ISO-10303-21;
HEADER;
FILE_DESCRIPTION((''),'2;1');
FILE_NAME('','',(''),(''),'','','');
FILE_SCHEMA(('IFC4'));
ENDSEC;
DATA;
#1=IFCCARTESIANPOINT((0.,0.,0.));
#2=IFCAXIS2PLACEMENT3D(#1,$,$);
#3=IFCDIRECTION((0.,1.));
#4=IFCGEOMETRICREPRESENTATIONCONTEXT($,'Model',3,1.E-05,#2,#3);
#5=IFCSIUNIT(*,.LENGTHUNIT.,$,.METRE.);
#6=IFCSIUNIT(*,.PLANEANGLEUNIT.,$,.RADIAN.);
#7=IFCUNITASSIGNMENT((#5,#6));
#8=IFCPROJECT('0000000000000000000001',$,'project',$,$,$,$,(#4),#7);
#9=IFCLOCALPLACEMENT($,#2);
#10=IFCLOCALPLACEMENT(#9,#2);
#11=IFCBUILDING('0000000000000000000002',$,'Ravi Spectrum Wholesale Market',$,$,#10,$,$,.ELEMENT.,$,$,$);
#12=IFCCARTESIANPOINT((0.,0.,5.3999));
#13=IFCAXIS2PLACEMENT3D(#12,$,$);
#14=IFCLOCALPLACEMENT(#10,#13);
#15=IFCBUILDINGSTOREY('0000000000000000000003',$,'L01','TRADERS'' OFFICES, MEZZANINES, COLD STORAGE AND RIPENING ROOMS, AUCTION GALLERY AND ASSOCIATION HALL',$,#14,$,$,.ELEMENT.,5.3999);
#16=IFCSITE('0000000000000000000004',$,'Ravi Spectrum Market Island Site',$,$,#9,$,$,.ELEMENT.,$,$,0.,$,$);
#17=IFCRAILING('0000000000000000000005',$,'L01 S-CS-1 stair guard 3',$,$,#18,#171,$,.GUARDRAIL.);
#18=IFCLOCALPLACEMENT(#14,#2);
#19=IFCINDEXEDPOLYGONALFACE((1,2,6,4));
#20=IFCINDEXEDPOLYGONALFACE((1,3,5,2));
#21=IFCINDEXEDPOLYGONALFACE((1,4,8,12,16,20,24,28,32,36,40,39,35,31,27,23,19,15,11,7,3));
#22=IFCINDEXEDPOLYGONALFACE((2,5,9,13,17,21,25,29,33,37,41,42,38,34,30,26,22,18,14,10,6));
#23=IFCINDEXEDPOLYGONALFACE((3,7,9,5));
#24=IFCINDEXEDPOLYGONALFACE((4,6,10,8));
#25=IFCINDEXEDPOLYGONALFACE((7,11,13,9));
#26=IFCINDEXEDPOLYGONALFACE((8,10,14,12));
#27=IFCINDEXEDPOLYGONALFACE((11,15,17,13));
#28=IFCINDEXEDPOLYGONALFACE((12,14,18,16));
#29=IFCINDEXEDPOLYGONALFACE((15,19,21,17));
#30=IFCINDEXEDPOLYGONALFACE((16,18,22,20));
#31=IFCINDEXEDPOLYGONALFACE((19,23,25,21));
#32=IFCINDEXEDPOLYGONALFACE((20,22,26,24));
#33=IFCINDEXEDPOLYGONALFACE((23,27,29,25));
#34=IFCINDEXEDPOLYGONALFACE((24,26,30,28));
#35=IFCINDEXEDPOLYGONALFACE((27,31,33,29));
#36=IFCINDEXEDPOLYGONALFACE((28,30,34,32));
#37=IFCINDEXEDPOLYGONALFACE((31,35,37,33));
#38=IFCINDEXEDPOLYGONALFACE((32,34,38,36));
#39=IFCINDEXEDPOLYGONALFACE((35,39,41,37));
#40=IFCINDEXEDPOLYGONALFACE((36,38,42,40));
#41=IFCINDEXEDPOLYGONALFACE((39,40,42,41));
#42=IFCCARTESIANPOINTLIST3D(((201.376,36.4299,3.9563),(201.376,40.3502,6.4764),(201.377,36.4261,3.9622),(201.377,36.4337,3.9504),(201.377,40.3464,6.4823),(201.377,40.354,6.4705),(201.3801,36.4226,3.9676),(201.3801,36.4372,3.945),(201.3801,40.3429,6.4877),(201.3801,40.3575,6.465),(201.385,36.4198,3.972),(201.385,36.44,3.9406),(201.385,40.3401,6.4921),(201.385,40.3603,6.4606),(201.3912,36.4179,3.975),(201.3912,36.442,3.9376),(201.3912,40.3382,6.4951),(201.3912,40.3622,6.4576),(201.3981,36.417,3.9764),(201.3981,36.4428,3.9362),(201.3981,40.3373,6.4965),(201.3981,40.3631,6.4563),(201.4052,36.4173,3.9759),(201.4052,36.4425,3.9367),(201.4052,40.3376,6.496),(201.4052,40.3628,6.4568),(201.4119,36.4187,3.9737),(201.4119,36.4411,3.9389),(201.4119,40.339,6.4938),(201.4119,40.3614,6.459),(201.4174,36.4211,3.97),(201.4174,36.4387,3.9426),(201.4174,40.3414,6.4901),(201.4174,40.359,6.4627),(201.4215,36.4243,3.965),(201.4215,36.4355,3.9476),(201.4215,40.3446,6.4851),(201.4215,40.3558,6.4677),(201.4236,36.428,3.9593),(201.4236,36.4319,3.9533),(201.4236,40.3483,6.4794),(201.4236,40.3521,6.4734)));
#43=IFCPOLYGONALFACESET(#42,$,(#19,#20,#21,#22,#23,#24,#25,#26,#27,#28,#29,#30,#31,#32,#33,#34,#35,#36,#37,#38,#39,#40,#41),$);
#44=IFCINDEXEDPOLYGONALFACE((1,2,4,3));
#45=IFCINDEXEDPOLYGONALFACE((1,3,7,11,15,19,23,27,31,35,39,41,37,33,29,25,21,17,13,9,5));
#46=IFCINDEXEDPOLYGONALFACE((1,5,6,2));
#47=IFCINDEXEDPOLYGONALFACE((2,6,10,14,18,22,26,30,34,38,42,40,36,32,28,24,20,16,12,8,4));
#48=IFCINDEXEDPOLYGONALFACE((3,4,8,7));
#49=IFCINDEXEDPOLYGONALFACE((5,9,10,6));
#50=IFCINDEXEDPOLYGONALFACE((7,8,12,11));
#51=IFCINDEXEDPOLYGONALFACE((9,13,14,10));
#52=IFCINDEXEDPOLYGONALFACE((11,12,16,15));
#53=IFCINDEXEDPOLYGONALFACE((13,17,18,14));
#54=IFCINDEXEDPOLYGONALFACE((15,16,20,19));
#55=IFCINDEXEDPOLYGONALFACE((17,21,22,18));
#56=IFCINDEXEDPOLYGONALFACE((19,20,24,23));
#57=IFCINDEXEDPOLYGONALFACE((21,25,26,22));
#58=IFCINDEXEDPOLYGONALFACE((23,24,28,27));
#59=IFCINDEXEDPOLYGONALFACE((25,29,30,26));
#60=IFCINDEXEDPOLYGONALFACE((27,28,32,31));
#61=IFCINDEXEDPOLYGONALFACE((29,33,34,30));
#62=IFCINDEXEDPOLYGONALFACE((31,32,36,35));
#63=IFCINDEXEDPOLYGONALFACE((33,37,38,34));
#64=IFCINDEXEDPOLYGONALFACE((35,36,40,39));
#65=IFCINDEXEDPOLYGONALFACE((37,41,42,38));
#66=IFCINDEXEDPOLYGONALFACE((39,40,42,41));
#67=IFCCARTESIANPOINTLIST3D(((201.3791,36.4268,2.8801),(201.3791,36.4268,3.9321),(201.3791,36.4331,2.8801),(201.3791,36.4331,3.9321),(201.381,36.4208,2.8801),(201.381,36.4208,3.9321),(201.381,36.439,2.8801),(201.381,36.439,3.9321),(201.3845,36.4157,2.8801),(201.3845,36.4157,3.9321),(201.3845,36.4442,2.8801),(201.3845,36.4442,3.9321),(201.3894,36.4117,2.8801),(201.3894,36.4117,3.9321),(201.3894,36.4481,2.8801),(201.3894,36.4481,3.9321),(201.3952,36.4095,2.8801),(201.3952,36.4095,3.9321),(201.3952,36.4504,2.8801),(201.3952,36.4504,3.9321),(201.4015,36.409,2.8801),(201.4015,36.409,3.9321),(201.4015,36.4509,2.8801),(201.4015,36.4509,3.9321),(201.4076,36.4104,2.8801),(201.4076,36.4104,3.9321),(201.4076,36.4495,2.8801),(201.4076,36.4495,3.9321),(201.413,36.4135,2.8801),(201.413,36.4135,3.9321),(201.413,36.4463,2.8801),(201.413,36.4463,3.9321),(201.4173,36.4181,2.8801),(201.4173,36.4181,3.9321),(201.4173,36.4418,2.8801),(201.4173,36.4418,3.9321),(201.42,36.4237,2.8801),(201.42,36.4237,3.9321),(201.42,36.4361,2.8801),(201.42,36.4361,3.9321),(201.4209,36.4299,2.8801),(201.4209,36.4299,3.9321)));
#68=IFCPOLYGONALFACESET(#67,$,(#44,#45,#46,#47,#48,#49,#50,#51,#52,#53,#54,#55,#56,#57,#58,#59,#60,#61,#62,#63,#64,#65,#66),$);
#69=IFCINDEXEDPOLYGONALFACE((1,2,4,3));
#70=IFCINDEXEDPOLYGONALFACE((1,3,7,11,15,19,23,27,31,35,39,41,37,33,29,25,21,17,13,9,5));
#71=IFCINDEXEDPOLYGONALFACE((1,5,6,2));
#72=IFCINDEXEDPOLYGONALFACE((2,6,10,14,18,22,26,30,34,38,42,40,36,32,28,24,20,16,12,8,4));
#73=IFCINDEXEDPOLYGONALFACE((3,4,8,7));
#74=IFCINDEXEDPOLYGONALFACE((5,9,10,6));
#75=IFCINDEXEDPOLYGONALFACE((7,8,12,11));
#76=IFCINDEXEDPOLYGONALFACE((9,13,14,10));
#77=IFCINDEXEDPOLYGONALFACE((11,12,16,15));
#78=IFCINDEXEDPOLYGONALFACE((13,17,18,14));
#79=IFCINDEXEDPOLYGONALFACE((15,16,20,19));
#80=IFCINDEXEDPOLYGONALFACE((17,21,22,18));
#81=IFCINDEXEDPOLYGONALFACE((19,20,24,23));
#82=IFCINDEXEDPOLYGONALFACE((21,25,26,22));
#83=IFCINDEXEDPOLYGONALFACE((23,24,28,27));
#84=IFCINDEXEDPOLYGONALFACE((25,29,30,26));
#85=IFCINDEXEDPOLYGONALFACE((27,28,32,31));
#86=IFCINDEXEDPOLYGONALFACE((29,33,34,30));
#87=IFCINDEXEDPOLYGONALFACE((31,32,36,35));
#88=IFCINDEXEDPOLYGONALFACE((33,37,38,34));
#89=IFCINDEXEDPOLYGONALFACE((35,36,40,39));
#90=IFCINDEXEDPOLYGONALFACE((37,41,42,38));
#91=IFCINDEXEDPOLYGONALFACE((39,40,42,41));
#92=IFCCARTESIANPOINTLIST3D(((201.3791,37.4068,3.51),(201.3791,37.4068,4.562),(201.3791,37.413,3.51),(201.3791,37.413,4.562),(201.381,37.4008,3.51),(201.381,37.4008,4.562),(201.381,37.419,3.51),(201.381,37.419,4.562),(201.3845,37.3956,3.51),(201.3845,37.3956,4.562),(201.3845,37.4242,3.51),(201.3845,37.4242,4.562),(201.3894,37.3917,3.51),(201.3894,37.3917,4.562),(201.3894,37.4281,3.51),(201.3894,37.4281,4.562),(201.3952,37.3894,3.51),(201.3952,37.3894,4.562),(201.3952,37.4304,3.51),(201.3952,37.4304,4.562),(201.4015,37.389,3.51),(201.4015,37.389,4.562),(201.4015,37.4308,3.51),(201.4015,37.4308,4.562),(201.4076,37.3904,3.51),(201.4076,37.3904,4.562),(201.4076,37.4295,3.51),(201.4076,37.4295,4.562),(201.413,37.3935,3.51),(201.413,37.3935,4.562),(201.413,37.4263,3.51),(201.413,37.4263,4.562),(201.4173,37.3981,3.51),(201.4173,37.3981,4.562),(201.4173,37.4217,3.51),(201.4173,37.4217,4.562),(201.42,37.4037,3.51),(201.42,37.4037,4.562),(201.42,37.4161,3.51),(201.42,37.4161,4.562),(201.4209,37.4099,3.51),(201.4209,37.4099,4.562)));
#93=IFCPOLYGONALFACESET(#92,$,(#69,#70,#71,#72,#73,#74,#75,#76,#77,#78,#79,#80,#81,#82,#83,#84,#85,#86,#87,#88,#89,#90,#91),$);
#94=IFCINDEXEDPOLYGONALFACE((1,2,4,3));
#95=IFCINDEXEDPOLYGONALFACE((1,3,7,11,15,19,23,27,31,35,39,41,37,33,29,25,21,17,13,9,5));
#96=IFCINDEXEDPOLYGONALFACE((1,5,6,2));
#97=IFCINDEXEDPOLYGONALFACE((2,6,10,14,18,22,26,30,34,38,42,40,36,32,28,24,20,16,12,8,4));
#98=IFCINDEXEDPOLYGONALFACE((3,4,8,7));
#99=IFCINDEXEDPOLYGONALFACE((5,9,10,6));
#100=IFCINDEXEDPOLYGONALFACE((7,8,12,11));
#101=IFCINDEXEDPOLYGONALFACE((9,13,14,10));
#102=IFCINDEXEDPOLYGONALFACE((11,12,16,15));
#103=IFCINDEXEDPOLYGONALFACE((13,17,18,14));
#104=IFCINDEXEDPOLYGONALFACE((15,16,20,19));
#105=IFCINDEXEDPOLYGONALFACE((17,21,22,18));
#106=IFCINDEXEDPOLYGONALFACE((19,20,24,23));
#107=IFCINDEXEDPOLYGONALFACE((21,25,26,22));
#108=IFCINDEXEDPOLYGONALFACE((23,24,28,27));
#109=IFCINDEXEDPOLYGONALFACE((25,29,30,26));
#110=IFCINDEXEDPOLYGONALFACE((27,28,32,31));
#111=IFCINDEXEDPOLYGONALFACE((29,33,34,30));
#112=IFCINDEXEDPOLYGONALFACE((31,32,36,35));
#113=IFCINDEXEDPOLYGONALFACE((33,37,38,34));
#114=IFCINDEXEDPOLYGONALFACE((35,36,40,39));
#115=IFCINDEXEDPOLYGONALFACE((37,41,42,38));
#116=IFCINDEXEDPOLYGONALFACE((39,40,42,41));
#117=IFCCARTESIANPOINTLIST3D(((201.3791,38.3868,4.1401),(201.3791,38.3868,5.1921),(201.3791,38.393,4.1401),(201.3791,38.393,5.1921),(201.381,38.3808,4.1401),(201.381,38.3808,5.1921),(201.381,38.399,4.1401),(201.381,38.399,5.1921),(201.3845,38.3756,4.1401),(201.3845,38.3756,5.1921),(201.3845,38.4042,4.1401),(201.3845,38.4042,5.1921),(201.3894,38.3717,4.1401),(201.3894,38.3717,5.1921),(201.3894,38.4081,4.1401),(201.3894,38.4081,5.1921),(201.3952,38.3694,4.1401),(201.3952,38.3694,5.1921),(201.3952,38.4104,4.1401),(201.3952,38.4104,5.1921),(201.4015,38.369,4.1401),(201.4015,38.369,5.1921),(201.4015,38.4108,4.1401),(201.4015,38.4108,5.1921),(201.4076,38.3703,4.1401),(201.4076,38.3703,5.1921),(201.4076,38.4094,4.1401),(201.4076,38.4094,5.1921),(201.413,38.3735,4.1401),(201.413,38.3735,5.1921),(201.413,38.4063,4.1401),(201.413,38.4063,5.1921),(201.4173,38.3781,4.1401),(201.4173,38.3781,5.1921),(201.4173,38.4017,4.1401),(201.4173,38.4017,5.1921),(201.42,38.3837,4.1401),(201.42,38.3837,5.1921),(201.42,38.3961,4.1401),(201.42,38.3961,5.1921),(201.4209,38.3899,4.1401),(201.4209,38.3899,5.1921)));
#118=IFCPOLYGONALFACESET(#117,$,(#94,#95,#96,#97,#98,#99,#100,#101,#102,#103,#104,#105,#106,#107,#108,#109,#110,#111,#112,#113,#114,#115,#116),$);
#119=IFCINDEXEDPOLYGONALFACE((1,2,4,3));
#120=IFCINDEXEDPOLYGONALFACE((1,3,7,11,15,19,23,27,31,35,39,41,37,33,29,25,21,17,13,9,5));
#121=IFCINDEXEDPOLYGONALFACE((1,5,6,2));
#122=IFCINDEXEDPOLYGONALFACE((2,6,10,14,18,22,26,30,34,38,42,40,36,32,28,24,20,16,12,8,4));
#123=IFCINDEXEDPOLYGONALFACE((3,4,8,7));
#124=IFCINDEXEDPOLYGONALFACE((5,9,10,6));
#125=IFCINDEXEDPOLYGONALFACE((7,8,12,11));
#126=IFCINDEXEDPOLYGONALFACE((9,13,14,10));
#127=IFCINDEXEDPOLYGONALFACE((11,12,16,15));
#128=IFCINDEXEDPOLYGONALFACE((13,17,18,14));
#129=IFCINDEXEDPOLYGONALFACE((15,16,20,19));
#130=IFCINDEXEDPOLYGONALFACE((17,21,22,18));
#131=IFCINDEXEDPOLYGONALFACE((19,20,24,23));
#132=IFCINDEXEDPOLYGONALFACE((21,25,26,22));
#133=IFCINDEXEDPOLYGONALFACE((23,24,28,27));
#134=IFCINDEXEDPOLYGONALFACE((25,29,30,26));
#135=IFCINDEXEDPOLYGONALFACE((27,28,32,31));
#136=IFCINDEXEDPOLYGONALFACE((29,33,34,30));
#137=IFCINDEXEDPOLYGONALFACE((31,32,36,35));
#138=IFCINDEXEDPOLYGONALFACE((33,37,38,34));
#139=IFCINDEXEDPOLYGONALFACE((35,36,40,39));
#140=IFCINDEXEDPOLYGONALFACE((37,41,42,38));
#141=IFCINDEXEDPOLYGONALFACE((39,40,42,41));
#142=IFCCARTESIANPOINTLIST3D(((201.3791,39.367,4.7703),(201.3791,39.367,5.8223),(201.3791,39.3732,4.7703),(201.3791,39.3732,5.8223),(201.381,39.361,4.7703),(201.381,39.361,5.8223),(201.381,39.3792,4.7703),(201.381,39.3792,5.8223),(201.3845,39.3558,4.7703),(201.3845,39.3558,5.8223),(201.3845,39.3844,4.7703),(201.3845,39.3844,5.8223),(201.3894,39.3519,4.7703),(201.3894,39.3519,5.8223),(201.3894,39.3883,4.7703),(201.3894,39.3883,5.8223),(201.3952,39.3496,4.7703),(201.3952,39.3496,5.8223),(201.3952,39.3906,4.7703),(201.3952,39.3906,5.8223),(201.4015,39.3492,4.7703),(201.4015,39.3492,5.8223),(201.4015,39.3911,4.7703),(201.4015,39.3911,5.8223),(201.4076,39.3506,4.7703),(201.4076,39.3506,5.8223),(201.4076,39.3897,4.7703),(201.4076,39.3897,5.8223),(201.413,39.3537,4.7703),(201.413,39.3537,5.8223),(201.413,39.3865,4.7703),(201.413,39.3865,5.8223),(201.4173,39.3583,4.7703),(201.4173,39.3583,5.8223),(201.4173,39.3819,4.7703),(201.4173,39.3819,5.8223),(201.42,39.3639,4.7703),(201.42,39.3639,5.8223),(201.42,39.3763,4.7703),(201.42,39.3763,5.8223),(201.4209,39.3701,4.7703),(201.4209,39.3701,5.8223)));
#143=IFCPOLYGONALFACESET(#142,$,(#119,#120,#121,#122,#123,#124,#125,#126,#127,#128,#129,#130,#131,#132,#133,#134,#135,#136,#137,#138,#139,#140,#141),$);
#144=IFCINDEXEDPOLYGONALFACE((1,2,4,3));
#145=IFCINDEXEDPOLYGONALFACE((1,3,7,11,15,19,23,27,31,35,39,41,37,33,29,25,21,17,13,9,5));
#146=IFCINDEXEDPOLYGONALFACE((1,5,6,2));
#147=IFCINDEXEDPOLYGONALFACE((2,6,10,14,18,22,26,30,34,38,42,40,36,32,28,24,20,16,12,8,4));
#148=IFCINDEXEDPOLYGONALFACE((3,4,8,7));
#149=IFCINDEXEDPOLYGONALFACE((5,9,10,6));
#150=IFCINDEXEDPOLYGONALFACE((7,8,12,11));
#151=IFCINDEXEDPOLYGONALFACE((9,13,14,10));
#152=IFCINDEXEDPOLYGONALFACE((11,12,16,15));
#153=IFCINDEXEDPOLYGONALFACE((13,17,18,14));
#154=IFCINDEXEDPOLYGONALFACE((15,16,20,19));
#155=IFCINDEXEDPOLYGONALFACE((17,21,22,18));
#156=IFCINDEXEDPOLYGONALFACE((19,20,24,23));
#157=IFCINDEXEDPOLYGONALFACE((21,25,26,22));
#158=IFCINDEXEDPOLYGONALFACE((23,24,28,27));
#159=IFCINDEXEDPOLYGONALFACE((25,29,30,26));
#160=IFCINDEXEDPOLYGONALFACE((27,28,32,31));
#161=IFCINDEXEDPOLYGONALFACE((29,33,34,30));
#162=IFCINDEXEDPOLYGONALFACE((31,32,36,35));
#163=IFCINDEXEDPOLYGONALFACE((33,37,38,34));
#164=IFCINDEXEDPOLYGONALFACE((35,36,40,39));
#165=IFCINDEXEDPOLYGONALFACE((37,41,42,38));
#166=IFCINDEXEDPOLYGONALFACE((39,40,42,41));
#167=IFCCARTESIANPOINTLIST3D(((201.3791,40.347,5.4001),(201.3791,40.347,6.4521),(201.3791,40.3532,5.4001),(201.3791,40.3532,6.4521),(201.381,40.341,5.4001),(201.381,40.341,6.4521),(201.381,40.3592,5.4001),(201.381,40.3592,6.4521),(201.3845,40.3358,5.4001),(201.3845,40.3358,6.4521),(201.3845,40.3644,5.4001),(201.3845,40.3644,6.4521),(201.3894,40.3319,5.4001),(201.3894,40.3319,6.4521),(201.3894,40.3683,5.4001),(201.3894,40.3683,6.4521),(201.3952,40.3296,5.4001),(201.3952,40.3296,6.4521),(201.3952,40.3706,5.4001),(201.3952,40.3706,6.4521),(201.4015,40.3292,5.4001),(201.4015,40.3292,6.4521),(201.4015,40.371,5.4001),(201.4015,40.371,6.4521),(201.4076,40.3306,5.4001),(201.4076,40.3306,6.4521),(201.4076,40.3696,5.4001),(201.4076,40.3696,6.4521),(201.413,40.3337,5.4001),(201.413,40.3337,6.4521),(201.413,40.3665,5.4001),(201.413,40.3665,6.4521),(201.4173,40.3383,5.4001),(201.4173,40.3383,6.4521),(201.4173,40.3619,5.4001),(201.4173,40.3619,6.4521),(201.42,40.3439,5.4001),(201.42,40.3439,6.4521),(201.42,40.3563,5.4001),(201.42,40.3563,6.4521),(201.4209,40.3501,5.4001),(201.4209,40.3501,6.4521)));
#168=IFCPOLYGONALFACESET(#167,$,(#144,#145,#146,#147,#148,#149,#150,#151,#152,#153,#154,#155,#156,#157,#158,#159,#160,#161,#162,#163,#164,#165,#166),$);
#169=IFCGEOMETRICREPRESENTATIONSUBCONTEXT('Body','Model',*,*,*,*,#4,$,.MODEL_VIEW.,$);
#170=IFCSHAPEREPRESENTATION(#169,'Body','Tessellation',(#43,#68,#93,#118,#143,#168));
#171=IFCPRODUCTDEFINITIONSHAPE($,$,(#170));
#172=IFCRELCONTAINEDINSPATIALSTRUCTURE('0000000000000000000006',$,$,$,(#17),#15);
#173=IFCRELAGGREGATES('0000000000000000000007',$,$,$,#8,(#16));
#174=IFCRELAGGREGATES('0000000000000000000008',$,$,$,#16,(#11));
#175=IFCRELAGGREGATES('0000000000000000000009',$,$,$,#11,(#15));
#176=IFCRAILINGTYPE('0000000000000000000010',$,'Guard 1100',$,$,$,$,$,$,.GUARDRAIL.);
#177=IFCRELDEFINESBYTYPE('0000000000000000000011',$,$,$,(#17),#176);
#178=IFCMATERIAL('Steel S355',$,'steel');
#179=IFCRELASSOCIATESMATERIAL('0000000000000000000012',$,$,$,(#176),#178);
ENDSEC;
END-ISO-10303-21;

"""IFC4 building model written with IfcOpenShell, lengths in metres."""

from ifc_helpers import new_model, si_unit, direction, frame, origin, origin_2d, place, context, subcontext, project, spatial, circle, extrude, material, type_object, element, save


model = new_model("IFC4")

# Units and contexts
model_context = context("Model", 3, precision=1e-05, world=origin(), true_north=direction((0.0, 1.0)))
body_context = subcontext(model_context, "Body", "Model", "MODEL_VIEW")
ifc_project = project(units=[si_unit("LENGTHUNIT", "METRE"), si_unit("PLANEANGLEUNIT", "RADIAN")], contexts=[model_context])

# Site, building, storey
site_placement = place(None, origin())
site = spatial("IfcSite", under=ifc_project, at=site_placement, Name="Ravi Spectrum Market Island Site", CompositionType="ELEMENT", RefElevation=0.0)
building_placement = place(site_placement, origin())
building = spatial("IfcBuilding", under=site, at=building_placement, Name="Ravi Spectrum Wholesale Market", CompositionType="ELEMENT")
storey_placement = place(building_placement, frame((0.0, 0.0, 5.3999)))
storey = spatial("IfcBuildingStorey", under=building, at=storey_placement, Name="L01", Description="TRADERS' OFFICES, MEZZANINES, COLD STORAGE AND RIPENING ROOMS, AUCTION GALLERY AND ASSOCIATION HALL", CompositionType="ELEMENT", Elevation=5.3999)

# Railing
ifc_material_1 = material(Name="Steel S355", Category="steel")
railing_type_1 = type_object("IfcRailingType", Name="Guard 1100", PredefinedType="GUARDRAIL", material=ifc_material_1)
railing_1_placement = place(storey_placement, frame((201.3999, 36.4299, 2.8801)))
element("IfcRailing", 1, at=railing_1_placement, inside=storey, type_object=railing_type_1, Name="L01 S-CS-1 stair guard 3", PredefinedType="GUARDRAIL", context=body_context, shape_type="SweptSolid", body=[
    extrude(circle(Radius=0.0239, at=origin_2d()), frame((0.0, 0.0, 1.0762), z_axis=(0.0, 0.841187, 0.540744), x_axis=(-1.0, 0.0, 0.0)), (0.0, 0.0, 1.0), 4.6604),
    extrude(circle(Radius=0.021, at=origin_2d()), origin(), (0.0, 0.0, 1.0), 1.052),
    extrude(circle(Radius=0.021, at=origin_2d()), frame((0.0, 0.98, 0.6299)), (0.0, 0.0, 1.0), 1.052),
    extrude(circle(Radius=0.021, at=origin_2d()), frame((0.0, 1.96, 1.26)), (0.0, 0.0, 1.0), 1.052),
    extrude(circle(Radius=0.021, at=origin_2d()), frame((0.0, 2.9402, 1.8901)), (0.0, 0.0, 1.0), 1.052),
    extrude(circle(Radius=0.021, at=origin_2d()), frame((0.0, 3.9202, 2.52)), (0.0, 0.0, 1.0), 1.052),
])

save(model, "model.ifc")
